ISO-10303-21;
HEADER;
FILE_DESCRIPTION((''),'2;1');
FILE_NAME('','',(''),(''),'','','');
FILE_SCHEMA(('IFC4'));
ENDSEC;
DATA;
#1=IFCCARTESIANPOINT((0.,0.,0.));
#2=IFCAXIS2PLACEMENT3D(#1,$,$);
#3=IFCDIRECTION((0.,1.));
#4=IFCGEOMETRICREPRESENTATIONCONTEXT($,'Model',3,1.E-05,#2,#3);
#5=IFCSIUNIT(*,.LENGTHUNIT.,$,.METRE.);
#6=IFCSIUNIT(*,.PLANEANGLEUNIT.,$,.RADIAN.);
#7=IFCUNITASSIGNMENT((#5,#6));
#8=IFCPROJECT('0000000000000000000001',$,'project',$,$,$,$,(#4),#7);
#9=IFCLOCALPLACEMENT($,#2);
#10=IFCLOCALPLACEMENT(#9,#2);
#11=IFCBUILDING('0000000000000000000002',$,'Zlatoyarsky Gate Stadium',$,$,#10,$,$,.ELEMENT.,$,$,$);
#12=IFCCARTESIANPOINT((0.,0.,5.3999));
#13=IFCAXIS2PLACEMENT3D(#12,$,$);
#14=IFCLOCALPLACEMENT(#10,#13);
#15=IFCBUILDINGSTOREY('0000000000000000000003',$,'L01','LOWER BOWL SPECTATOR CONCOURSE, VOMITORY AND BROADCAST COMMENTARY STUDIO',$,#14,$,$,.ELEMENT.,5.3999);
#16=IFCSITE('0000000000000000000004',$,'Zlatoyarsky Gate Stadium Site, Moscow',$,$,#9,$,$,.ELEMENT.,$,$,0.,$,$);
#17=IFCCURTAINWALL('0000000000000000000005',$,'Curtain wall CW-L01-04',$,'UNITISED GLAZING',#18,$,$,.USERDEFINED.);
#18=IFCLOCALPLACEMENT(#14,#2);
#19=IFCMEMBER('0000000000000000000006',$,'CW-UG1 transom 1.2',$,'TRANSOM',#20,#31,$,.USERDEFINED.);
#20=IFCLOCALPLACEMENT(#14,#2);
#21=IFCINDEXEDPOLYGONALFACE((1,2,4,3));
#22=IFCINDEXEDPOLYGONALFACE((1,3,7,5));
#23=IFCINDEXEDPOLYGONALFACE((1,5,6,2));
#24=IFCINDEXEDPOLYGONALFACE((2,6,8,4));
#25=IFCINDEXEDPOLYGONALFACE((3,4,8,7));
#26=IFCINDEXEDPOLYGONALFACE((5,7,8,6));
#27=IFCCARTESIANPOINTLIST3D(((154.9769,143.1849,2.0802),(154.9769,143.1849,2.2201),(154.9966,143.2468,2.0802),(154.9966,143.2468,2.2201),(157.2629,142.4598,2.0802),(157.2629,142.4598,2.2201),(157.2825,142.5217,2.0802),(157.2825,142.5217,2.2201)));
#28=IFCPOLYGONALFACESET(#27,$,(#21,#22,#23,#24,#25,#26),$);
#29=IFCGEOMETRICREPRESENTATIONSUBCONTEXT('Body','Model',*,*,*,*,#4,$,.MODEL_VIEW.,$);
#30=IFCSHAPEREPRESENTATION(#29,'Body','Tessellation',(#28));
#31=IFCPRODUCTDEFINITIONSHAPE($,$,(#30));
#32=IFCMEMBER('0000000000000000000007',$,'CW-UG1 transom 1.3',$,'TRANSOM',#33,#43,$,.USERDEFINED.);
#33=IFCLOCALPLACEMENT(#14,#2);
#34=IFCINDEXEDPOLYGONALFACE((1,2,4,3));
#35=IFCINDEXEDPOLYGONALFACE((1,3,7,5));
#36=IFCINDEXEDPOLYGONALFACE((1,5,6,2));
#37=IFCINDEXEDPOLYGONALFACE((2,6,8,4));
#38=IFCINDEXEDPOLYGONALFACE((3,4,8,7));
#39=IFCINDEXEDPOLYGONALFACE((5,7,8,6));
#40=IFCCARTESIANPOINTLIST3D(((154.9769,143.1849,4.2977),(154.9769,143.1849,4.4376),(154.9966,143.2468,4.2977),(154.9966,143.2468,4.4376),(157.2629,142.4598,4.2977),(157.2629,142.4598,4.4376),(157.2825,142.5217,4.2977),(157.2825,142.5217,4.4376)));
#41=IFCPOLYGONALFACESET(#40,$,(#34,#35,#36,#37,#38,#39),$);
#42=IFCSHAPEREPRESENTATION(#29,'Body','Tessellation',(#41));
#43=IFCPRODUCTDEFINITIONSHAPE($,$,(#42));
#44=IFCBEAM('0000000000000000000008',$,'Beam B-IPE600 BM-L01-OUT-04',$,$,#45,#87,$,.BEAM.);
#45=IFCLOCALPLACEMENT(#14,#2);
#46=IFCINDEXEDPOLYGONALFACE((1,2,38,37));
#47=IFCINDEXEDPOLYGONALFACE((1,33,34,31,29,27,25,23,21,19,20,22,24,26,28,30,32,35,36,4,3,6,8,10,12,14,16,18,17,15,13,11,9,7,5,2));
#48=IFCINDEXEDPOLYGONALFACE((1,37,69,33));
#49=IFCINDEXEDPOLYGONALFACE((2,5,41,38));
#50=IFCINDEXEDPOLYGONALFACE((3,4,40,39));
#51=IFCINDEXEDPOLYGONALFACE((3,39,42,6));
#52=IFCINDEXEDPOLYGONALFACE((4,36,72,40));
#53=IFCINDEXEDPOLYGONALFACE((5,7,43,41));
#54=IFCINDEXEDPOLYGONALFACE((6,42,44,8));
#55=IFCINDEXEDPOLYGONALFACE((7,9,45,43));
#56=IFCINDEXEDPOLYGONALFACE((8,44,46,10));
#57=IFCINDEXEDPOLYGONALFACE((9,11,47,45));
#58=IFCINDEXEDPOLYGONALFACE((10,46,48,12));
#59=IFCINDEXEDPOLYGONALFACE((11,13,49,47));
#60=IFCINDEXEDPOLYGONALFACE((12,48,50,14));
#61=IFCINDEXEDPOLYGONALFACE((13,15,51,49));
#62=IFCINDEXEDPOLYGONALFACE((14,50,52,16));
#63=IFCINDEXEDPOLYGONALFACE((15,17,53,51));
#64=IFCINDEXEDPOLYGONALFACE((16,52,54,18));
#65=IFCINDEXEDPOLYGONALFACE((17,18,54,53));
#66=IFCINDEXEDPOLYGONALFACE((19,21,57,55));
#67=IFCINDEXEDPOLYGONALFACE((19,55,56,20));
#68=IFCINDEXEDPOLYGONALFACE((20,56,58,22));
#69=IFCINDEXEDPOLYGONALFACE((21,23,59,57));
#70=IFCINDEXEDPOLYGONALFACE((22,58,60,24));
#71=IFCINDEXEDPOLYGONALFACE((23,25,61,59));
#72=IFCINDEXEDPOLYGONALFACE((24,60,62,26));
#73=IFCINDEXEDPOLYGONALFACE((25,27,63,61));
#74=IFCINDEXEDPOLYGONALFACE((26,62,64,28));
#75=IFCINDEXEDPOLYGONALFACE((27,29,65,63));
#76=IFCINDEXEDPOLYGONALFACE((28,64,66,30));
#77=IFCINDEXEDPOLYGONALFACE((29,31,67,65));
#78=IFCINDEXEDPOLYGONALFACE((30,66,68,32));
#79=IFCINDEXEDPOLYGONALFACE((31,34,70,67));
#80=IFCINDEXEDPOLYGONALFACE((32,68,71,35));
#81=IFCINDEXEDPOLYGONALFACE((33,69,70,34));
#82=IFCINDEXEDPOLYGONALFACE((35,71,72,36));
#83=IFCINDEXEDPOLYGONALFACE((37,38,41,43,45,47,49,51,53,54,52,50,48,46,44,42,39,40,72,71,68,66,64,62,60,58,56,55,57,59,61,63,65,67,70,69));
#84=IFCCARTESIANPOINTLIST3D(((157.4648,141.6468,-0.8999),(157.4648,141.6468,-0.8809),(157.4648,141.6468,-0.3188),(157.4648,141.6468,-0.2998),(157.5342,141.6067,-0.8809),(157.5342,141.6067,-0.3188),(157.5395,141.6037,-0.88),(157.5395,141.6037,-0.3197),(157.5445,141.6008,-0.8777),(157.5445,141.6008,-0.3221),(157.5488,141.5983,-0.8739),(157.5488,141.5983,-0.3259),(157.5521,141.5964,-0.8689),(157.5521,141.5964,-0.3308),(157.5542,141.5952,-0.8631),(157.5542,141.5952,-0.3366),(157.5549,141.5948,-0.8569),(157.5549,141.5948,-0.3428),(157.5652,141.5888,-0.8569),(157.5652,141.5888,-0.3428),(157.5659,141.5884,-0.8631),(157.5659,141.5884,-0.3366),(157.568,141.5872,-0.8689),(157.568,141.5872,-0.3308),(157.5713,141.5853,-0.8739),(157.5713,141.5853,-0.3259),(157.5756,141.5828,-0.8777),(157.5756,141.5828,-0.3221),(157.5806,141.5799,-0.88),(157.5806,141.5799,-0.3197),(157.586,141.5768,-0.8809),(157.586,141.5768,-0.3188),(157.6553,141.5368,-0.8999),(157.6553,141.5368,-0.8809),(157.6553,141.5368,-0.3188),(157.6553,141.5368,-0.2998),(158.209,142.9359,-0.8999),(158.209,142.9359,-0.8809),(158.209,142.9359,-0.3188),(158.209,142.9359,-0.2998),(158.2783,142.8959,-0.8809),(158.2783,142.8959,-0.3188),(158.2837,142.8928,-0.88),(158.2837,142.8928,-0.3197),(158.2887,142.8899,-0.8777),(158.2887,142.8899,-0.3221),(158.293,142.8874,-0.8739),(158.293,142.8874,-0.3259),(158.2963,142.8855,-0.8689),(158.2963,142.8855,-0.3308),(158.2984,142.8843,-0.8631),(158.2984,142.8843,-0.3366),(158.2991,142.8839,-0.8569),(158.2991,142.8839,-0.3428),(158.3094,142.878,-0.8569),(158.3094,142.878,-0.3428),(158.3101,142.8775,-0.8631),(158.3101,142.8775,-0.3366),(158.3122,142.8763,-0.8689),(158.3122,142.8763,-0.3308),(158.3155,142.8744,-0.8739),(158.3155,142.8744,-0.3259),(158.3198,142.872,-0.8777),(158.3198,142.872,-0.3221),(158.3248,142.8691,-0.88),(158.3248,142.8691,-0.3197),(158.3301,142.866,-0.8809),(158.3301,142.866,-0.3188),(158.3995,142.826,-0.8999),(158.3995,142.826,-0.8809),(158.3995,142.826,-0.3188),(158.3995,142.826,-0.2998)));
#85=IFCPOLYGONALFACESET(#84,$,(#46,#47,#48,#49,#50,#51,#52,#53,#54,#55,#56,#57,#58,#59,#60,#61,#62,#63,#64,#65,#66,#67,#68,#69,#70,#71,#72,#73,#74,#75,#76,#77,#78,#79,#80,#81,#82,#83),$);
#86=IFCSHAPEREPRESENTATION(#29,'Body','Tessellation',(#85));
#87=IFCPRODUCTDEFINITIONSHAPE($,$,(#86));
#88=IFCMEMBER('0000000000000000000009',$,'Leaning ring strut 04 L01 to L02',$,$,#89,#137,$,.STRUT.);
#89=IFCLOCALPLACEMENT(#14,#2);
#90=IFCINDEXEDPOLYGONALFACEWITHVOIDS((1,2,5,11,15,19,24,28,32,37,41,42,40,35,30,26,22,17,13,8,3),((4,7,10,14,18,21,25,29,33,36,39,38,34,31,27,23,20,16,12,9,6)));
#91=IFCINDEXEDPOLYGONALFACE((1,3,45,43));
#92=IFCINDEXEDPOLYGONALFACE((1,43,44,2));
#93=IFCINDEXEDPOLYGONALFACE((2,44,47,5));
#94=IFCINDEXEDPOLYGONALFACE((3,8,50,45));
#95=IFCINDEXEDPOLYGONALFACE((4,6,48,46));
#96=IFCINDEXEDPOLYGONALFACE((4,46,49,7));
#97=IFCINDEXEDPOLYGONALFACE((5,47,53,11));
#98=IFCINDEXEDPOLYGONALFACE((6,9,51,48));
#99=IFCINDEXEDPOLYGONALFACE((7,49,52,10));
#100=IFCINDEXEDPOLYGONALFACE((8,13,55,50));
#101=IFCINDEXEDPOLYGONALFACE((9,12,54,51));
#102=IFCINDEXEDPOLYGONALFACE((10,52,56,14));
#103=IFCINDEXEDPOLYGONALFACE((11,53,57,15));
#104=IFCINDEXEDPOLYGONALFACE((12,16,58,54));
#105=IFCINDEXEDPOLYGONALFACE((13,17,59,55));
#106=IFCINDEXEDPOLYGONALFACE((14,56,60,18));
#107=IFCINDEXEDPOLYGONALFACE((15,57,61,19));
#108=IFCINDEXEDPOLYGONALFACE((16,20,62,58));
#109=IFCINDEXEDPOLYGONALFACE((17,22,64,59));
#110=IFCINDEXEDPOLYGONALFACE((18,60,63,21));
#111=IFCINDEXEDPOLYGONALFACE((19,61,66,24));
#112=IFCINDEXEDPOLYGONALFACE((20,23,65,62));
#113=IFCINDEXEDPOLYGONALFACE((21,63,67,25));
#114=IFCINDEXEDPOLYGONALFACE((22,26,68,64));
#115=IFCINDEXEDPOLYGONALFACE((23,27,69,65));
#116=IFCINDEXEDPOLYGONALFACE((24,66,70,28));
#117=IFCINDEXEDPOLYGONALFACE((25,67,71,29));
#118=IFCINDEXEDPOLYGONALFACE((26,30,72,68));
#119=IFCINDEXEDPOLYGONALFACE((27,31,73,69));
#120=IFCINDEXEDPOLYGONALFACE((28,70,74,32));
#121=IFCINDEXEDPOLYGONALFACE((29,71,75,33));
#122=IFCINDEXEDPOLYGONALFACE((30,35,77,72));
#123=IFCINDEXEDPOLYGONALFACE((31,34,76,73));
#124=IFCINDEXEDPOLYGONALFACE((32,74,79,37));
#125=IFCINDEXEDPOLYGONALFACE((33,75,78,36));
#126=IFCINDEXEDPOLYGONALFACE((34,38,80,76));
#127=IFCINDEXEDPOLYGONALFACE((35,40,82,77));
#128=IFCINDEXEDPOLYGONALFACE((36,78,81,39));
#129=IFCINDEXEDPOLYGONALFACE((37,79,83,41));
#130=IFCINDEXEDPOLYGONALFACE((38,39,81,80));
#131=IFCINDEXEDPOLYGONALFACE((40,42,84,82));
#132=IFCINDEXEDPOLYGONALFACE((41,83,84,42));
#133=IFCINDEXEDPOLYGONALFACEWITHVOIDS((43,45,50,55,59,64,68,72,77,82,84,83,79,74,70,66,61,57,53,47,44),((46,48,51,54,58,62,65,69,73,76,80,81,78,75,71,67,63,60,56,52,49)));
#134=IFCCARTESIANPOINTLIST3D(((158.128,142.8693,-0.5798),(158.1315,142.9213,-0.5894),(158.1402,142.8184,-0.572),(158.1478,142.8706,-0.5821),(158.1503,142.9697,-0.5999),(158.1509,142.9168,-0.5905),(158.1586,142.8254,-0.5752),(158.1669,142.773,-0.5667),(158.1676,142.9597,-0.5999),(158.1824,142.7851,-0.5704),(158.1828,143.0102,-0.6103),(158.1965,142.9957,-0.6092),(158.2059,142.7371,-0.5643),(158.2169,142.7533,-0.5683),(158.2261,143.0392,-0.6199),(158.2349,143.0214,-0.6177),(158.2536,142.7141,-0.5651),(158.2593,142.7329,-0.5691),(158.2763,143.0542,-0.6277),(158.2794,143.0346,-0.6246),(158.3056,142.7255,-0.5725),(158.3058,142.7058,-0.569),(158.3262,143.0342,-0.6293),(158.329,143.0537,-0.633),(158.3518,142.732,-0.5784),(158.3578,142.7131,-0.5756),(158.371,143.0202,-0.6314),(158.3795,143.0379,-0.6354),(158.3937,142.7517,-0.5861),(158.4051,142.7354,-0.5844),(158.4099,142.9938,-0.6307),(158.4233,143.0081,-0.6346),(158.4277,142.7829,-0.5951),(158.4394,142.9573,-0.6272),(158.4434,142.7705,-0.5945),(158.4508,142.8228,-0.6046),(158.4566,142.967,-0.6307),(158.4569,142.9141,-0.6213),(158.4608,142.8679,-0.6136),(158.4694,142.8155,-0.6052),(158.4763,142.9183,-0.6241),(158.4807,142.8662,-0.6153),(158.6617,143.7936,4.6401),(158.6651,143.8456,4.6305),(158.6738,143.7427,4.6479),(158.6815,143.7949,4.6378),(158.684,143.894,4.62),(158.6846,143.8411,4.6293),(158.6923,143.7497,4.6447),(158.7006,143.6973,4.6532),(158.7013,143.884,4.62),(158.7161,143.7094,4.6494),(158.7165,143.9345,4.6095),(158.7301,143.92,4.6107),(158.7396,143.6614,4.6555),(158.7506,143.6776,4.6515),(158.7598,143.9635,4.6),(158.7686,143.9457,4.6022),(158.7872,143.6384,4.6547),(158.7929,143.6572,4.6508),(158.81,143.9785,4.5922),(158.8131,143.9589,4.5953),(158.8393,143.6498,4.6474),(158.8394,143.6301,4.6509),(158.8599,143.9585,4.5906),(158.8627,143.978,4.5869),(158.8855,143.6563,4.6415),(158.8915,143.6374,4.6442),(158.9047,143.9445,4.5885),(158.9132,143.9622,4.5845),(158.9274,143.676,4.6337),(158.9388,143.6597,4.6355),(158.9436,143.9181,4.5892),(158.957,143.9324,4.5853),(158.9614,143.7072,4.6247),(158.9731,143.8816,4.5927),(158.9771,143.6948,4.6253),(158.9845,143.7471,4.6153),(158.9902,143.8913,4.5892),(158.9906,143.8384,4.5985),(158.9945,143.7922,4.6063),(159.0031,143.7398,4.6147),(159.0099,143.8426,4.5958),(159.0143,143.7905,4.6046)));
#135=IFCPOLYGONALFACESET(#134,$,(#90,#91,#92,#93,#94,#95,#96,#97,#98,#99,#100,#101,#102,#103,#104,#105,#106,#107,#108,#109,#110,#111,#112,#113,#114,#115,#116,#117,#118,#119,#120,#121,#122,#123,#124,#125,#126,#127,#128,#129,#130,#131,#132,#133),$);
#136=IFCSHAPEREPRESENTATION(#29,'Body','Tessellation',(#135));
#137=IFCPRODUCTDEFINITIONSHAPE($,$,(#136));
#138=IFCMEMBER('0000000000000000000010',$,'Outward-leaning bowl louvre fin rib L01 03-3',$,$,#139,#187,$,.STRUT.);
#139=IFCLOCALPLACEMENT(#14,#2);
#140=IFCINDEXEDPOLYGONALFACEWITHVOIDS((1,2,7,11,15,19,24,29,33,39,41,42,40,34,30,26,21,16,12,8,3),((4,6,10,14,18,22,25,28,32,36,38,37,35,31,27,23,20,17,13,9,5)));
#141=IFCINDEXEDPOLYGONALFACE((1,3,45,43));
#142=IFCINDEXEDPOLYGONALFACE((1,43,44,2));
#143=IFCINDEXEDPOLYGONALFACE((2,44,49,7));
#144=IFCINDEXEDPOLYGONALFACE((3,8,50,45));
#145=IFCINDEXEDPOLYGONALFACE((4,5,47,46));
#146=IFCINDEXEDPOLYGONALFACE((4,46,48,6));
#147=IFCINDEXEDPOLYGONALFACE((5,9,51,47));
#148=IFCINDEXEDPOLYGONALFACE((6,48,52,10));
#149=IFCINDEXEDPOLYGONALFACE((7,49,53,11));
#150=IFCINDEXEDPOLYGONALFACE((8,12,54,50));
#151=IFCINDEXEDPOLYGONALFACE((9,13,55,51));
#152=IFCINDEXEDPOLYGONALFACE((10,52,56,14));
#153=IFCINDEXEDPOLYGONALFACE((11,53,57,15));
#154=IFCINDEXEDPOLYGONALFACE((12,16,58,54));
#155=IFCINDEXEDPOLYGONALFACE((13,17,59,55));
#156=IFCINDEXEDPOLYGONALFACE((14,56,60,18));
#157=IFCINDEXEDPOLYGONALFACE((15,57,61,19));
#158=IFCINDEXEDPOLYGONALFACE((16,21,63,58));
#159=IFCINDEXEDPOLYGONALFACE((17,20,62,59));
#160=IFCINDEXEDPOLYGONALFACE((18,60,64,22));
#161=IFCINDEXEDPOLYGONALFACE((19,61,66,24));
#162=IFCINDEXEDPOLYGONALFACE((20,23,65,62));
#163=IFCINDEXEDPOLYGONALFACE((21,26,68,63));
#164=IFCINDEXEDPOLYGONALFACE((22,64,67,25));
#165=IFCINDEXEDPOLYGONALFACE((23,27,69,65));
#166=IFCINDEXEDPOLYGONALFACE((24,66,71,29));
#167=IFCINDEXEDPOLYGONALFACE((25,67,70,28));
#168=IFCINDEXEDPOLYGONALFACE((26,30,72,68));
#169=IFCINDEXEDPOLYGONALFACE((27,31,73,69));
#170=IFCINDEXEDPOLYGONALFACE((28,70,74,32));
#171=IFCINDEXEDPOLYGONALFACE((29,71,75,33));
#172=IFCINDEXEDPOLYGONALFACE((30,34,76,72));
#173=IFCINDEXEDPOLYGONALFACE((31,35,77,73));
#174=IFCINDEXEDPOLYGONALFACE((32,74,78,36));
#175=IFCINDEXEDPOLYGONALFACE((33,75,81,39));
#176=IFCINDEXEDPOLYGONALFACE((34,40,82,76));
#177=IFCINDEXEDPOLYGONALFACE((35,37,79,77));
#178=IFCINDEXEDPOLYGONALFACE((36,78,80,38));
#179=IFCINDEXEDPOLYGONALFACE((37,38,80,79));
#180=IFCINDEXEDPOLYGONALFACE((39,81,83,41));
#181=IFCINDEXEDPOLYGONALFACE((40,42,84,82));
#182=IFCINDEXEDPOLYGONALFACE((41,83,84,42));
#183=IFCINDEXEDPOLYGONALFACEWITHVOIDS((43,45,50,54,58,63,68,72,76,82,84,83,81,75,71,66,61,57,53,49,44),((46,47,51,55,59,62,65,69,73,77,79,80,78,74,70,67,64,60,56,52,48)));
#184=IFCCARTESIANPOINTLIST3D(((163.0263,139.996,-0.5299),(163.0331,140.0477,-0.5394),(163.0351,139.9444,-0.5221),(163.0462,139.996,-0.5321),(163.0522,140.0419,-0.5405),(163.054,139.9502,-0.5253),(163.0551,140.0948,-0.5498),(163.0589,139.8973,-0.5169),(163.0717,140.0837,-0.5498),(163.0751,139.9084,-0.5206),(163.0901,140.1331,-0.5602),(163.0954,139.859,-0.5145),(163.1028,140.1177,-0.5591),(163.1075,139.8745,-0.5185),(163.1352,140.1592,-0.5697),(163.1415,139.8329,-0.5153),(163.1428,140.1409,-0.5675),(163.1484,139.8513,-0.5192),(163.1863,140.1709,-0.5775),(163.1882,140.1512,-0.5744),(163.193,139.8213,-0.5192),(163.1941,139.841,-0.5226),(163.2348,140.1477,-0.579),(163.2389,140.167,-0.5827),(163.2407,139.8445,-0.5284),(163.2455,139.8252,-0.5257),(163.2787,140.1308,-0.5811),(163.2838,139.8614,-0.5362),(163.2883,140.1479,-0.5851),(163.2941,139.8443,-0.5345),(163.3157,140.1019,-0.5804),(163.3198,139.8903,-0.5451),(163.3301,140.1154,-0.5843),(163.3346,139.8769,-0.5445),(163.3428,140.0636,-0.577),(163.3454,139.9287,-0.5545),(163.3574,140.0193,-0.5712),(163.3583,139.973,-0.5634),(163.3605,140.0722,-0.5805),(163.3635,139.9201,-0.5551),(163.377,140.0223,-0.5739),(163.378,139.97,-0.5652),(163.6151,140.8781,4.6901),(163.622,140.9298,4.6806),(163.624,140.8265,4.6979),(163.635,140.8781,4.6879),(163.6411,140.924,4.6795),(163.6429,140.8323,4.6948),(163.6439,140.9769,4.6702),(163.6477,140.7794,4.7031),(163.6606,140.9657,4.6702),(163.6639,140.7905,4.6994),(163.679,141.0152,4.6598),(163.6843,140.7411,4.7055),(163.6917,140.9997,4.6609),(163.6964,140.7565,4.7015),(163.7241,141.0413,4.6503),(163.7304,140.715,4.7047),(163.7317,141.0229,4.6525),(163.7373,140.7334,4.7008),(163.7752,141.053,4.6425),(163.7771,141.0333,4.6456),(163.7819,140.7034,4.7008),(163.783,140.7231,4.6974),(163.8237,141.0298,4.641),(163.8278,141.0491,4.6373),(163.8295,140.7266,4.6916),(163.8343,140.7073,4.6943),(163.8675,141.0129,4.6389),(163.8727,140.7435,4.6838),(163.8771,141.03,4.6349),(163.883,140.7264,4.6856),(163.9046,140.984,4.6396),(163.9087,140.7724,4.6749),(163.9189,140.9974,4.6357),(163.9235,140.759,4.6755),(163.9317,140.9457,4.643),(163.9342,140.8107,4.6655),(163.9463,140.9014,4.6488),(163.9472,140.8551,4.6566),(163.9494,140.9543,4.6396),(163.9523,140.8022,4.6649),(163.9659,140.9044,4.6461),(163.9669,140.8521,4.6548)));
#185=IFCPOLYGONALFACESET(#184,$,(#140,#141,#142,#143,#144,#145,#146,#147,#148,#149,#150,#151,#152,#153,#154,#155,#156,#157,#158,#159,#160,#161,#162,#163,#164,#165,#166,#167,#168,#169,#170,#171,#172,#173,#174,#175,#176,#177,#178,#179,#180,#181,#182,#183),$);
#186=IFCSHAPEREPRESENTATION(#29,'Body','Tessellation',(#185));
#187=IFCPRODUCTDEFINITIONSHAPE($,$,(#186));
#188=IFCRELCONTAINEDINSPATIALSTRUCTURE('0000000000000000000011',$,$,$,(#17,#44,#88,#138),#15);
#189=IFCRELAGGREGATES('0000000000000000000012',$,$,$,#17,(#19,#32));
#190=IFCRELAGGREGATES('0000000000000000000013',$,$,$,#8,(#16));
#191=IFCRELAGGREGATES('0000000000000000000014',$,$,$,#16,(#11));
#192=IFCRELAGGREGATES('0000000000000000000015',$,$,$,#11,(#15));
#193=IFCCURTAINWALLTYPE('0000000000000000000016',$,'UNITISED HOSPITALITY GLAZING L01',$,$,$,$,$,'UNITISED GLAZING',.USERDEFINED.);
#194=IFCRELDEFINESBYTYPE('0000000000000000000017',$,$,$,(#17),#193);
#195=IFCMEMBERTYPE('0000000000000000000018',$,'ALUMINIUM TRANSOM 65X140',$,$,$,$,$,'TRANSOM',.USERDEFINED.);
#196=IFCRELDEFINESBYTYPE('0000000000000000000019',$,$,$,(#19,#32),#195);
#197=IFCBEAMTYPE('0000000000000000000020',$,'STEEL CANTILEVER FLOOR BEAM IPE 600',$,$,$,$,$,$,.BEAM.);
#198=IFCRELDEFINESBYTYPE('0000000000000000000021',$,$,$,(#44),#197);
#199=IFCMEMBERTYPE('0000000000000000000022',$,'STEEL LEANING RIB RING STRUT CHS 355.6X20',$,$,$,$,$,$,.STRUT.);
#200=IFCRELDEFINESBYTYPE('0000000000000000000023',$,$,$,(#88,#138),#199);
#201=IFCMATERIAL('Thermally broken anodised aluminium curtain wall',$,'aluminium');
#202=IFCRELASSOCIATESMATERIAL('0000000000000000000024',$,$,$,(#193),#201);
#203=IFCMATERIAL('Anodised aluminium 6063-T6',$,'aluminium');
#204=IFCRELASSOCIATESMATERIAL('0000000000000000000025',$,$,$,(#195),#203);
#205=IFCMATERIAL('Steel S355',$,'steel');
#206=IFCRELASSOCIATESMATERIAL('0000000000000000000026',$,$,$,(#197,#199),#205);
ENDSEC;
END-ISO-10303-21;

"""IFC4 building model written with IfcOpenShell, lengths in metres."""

from ifc_helpers import new_model, si_unit, direction, frame, origin, origin_2d, place, context, subcontext, project, spatial, rectangle, hollow_circle, i_section, extrude, material, material_profile, profile_set, type_object, element, aggregate, save


model = new_model("IFC4")

# Units and contexts
model_context = context("Model", 3, precision=1e-05, world=origin(), true_north=direction((0.0, 1.0)))
body_context = subcontext(model_context, "Body", "Model", "MODEL_VIEW")
ifc_project = project(units=[si_unit("LENGTHUNIT", "METRE"), si_unit("PLANEANGLEUNIT", "RADIAN")], contexts=[model_context])

# Site, building, storey
site_placement = place(None, origin())
site = spatial("IfcSite", under=ifc_project, at=site_placement, Name="Zlatoyarsky Gate Stadium Site, Moscow", CompositionType="ELEMENT", RefElevation=0.0)
building_placement = place(site_placement, origin())
building = spatial("IfcBuilding", under=site, at=building_placement, Name="Zlatoyarsky Gate Stadium", CompositionType="ELEMENT")
storey_placement = place(building_placement, frame((0.0, 0.0, 5.3999)))
storey = spatial("IfcBuildingStorey", under=building, at=storey_placement, Name="L01", Description="LOWER BOWL SPECTATOR CONCOURSE, VOMITORY AND BROADCAST COMMENTARY STUDIO", CompositionType="ELEMENT", Elevation=5.3999)

# Shared definitions
ifc_material_1 = material(Name="Steel S355", Category="steel")

# Curtain wall
ifc_material_2 = material(Name="Thermally broken anodised aluminium curtain wall", Category="aluminium")
curtain_wall_type = type_object("IfcCurtainWallType", Name="UNITISED HOSPITALITY GLAZING L01", ElementType="UNITISED GLAZING", PredefinedType="USERDEFINED", material=ifc_material_2)
ifc_material_3 = material(Name="Anodised aluminium 6063-T6", Category="aluminium")
curtain_wall_1_placement = place(storey_placement, origin())
curtain_wall_1 = element("IfcCurtainWall", 1, at=curtain_wall_1_placement, inside=storey, type_object=curtain_wall_type, Name="Curtain wall CW-L01-04", ObjectType="UNITISED GLAZING", PredefinedType="USERDEFINED")

# Members
ifc_material_profile_1 = material_profile(ifc_material_3, rectangle(XDim=0.0649, YDim=0.1399, at=origin_2d()), Name="ALU 65X140")
ifc_profile_set_1 = profile_set([ifc_material_profile_1], Name="Anodised aluminium 6063-T6")
member_type_1 = type_object("IfcMemberType", Name="ALUMINIUM TRANSOM 65X140", ElementType="TRANSOM", PredefinedType="USERDEFINED", material=ifc_profile_set_1)
member_1_placement = place(storey_placement, frame((157.2727, 142.4907, 2.1501), z_axis=(-0.953194, 0.302359, 0.0), x_axis=(-0.302359, -0.953194, 0.0)))
member_1 = element("IfcMember", 2, at=member_1_placement, type_object=member_type_1, Name="CW-UG1 transom 1.2", ObjectType="TRANSOM", PredefinedType="USERDEFINED", context=body_context, shape_type="SweptSolid", body=[
    extrude(rectangle(XDim=0.0649, YDim=0.1399, at=origin_2d()), origin(), (0.0, 0.0, 1.0), 2.3982),
])
member_2_placement = place(storey_placement, frame((157.2727, 142.4907, 4.3677), z_axis=(-0.953194, 0.302359, 0.0), x_axis=(-0.302359, -0.953194, 0.0)))
member_2 = element("IfcMember", 3, at=member_2_placement, type_object=member_type_1, Name="CW-UG1 transom 1.3", ObjectType="TRANSOM", PredefinedType="USERDEFINED", context=body_context, shape_type="SweptSolid", body=[
    extrude(rectangle(XDim=0.0649, YDim=0.1399, at=origin_2d()), origin(), (0.0, 0.0, 1.0), 2.3982),
])

# Beam
ifc_material_profile_2 = material_profile(ifc_material_1, i_section(OverallWidth=0.22, OverallDepth=0.6001, WebThickness=0.012, FlangeThickness=0.019, FilletRadius=0.0239, at=origin_2d()), Name="IPE 600")
ifc_profile_set_2 = profile_set([ifc_material_profile_2], Name="Steel S355")
beam_type_1 = type_object("IfcBeamType", Name="STEEL CANTILEVER FLOOR BEAM IPE 600", PredefinedType="BEAM", material=ifc_profile_set_2)
beam_1_placement = place(storey_placement, frame((157.5601, 141.5918, -0.5999), z_axis=(0.49995, 0.866054, 0.0), x_axis=(-0.866054, 0.49995, 0.0)))
element("IfcBeam", 4, at=beam_1_placement, inside=storey, type_object=beam_type_1, Name="Beam B-IPE600 BM-L01-OUT-04", PredefinedType="BEAM", context=body_context, shape_type="SweptSolid", body=[
    extrude(i_section(OverallWidth=0.22, OverallDepth=0.6001, WebThickness=0.012, FlangeThickness=0.019, FilletRadius=0.0239, at=origin_2d()), origin(), (0.0, 0.0, 1.0), 1.4885),
])

# Members
ifc_material_profile_3 = material_profile(ifc_material_1, hollow_circle(Radius=0.1777, WallThickness=0.02, at=origin_2d()), Name="CHS 355.6X20")
ifc_profile_set_3 = profile_set([ifc_material_profile_3], Name="Steel S355")
member_type_2 = type_object("IfcMemberType", Name="STEEL LEANING RIB RING STRUT CHS 355.6X20", PredefinedType="STRUT", material=ifc_profile_set_3)
member_3_placement = place(storey_placement, frame((158.3042, 142.8809, -0.5999), z_axis=(0.100168, 0.173484, 0.979729), x_axis=(-0.86601, 0.500026, 0.0)))
element("IfcMember", 5, at=member_3_placement, inside=storey, type_object=member_type_2, Name="Leaning ring strut 04 L01 to L02", PredefinedType="STRUT", context=body_context, shape_type="SweptSolid", body=[
    extrude(hollow_circle(Radius=0.1777, WallThickness=0.02, at=origin_2d()), origin(), (0.0, 0.0, 1.0), 5.3279),
])
member_4_placement = place(storey_placement, frame((163.2029, 139.9961, -0.5498), z_axis=(0.110552, 0.165598, 0.979977), x_axis=(-0.831696, 0.555231, 0.0)))
element("IfcMember", 6, at=member_4_placement, inside=storey, type_object=member_type_2, Name="Outward-leaning bowl louvre fin rib L01 03-3", PredefinedType="STRUT", context=body_context, shape_type="SweptSolid", body=[
    extrude(hollow_circle(Radius=0.1777, WallThickness=0.02, at=origin_2d()), origin(), (0.0, 0.0, 1.0), 5.3267),
])

aggregate(curtain_wall_1, [member_1, member_2])

save(model, "model.ifc")
